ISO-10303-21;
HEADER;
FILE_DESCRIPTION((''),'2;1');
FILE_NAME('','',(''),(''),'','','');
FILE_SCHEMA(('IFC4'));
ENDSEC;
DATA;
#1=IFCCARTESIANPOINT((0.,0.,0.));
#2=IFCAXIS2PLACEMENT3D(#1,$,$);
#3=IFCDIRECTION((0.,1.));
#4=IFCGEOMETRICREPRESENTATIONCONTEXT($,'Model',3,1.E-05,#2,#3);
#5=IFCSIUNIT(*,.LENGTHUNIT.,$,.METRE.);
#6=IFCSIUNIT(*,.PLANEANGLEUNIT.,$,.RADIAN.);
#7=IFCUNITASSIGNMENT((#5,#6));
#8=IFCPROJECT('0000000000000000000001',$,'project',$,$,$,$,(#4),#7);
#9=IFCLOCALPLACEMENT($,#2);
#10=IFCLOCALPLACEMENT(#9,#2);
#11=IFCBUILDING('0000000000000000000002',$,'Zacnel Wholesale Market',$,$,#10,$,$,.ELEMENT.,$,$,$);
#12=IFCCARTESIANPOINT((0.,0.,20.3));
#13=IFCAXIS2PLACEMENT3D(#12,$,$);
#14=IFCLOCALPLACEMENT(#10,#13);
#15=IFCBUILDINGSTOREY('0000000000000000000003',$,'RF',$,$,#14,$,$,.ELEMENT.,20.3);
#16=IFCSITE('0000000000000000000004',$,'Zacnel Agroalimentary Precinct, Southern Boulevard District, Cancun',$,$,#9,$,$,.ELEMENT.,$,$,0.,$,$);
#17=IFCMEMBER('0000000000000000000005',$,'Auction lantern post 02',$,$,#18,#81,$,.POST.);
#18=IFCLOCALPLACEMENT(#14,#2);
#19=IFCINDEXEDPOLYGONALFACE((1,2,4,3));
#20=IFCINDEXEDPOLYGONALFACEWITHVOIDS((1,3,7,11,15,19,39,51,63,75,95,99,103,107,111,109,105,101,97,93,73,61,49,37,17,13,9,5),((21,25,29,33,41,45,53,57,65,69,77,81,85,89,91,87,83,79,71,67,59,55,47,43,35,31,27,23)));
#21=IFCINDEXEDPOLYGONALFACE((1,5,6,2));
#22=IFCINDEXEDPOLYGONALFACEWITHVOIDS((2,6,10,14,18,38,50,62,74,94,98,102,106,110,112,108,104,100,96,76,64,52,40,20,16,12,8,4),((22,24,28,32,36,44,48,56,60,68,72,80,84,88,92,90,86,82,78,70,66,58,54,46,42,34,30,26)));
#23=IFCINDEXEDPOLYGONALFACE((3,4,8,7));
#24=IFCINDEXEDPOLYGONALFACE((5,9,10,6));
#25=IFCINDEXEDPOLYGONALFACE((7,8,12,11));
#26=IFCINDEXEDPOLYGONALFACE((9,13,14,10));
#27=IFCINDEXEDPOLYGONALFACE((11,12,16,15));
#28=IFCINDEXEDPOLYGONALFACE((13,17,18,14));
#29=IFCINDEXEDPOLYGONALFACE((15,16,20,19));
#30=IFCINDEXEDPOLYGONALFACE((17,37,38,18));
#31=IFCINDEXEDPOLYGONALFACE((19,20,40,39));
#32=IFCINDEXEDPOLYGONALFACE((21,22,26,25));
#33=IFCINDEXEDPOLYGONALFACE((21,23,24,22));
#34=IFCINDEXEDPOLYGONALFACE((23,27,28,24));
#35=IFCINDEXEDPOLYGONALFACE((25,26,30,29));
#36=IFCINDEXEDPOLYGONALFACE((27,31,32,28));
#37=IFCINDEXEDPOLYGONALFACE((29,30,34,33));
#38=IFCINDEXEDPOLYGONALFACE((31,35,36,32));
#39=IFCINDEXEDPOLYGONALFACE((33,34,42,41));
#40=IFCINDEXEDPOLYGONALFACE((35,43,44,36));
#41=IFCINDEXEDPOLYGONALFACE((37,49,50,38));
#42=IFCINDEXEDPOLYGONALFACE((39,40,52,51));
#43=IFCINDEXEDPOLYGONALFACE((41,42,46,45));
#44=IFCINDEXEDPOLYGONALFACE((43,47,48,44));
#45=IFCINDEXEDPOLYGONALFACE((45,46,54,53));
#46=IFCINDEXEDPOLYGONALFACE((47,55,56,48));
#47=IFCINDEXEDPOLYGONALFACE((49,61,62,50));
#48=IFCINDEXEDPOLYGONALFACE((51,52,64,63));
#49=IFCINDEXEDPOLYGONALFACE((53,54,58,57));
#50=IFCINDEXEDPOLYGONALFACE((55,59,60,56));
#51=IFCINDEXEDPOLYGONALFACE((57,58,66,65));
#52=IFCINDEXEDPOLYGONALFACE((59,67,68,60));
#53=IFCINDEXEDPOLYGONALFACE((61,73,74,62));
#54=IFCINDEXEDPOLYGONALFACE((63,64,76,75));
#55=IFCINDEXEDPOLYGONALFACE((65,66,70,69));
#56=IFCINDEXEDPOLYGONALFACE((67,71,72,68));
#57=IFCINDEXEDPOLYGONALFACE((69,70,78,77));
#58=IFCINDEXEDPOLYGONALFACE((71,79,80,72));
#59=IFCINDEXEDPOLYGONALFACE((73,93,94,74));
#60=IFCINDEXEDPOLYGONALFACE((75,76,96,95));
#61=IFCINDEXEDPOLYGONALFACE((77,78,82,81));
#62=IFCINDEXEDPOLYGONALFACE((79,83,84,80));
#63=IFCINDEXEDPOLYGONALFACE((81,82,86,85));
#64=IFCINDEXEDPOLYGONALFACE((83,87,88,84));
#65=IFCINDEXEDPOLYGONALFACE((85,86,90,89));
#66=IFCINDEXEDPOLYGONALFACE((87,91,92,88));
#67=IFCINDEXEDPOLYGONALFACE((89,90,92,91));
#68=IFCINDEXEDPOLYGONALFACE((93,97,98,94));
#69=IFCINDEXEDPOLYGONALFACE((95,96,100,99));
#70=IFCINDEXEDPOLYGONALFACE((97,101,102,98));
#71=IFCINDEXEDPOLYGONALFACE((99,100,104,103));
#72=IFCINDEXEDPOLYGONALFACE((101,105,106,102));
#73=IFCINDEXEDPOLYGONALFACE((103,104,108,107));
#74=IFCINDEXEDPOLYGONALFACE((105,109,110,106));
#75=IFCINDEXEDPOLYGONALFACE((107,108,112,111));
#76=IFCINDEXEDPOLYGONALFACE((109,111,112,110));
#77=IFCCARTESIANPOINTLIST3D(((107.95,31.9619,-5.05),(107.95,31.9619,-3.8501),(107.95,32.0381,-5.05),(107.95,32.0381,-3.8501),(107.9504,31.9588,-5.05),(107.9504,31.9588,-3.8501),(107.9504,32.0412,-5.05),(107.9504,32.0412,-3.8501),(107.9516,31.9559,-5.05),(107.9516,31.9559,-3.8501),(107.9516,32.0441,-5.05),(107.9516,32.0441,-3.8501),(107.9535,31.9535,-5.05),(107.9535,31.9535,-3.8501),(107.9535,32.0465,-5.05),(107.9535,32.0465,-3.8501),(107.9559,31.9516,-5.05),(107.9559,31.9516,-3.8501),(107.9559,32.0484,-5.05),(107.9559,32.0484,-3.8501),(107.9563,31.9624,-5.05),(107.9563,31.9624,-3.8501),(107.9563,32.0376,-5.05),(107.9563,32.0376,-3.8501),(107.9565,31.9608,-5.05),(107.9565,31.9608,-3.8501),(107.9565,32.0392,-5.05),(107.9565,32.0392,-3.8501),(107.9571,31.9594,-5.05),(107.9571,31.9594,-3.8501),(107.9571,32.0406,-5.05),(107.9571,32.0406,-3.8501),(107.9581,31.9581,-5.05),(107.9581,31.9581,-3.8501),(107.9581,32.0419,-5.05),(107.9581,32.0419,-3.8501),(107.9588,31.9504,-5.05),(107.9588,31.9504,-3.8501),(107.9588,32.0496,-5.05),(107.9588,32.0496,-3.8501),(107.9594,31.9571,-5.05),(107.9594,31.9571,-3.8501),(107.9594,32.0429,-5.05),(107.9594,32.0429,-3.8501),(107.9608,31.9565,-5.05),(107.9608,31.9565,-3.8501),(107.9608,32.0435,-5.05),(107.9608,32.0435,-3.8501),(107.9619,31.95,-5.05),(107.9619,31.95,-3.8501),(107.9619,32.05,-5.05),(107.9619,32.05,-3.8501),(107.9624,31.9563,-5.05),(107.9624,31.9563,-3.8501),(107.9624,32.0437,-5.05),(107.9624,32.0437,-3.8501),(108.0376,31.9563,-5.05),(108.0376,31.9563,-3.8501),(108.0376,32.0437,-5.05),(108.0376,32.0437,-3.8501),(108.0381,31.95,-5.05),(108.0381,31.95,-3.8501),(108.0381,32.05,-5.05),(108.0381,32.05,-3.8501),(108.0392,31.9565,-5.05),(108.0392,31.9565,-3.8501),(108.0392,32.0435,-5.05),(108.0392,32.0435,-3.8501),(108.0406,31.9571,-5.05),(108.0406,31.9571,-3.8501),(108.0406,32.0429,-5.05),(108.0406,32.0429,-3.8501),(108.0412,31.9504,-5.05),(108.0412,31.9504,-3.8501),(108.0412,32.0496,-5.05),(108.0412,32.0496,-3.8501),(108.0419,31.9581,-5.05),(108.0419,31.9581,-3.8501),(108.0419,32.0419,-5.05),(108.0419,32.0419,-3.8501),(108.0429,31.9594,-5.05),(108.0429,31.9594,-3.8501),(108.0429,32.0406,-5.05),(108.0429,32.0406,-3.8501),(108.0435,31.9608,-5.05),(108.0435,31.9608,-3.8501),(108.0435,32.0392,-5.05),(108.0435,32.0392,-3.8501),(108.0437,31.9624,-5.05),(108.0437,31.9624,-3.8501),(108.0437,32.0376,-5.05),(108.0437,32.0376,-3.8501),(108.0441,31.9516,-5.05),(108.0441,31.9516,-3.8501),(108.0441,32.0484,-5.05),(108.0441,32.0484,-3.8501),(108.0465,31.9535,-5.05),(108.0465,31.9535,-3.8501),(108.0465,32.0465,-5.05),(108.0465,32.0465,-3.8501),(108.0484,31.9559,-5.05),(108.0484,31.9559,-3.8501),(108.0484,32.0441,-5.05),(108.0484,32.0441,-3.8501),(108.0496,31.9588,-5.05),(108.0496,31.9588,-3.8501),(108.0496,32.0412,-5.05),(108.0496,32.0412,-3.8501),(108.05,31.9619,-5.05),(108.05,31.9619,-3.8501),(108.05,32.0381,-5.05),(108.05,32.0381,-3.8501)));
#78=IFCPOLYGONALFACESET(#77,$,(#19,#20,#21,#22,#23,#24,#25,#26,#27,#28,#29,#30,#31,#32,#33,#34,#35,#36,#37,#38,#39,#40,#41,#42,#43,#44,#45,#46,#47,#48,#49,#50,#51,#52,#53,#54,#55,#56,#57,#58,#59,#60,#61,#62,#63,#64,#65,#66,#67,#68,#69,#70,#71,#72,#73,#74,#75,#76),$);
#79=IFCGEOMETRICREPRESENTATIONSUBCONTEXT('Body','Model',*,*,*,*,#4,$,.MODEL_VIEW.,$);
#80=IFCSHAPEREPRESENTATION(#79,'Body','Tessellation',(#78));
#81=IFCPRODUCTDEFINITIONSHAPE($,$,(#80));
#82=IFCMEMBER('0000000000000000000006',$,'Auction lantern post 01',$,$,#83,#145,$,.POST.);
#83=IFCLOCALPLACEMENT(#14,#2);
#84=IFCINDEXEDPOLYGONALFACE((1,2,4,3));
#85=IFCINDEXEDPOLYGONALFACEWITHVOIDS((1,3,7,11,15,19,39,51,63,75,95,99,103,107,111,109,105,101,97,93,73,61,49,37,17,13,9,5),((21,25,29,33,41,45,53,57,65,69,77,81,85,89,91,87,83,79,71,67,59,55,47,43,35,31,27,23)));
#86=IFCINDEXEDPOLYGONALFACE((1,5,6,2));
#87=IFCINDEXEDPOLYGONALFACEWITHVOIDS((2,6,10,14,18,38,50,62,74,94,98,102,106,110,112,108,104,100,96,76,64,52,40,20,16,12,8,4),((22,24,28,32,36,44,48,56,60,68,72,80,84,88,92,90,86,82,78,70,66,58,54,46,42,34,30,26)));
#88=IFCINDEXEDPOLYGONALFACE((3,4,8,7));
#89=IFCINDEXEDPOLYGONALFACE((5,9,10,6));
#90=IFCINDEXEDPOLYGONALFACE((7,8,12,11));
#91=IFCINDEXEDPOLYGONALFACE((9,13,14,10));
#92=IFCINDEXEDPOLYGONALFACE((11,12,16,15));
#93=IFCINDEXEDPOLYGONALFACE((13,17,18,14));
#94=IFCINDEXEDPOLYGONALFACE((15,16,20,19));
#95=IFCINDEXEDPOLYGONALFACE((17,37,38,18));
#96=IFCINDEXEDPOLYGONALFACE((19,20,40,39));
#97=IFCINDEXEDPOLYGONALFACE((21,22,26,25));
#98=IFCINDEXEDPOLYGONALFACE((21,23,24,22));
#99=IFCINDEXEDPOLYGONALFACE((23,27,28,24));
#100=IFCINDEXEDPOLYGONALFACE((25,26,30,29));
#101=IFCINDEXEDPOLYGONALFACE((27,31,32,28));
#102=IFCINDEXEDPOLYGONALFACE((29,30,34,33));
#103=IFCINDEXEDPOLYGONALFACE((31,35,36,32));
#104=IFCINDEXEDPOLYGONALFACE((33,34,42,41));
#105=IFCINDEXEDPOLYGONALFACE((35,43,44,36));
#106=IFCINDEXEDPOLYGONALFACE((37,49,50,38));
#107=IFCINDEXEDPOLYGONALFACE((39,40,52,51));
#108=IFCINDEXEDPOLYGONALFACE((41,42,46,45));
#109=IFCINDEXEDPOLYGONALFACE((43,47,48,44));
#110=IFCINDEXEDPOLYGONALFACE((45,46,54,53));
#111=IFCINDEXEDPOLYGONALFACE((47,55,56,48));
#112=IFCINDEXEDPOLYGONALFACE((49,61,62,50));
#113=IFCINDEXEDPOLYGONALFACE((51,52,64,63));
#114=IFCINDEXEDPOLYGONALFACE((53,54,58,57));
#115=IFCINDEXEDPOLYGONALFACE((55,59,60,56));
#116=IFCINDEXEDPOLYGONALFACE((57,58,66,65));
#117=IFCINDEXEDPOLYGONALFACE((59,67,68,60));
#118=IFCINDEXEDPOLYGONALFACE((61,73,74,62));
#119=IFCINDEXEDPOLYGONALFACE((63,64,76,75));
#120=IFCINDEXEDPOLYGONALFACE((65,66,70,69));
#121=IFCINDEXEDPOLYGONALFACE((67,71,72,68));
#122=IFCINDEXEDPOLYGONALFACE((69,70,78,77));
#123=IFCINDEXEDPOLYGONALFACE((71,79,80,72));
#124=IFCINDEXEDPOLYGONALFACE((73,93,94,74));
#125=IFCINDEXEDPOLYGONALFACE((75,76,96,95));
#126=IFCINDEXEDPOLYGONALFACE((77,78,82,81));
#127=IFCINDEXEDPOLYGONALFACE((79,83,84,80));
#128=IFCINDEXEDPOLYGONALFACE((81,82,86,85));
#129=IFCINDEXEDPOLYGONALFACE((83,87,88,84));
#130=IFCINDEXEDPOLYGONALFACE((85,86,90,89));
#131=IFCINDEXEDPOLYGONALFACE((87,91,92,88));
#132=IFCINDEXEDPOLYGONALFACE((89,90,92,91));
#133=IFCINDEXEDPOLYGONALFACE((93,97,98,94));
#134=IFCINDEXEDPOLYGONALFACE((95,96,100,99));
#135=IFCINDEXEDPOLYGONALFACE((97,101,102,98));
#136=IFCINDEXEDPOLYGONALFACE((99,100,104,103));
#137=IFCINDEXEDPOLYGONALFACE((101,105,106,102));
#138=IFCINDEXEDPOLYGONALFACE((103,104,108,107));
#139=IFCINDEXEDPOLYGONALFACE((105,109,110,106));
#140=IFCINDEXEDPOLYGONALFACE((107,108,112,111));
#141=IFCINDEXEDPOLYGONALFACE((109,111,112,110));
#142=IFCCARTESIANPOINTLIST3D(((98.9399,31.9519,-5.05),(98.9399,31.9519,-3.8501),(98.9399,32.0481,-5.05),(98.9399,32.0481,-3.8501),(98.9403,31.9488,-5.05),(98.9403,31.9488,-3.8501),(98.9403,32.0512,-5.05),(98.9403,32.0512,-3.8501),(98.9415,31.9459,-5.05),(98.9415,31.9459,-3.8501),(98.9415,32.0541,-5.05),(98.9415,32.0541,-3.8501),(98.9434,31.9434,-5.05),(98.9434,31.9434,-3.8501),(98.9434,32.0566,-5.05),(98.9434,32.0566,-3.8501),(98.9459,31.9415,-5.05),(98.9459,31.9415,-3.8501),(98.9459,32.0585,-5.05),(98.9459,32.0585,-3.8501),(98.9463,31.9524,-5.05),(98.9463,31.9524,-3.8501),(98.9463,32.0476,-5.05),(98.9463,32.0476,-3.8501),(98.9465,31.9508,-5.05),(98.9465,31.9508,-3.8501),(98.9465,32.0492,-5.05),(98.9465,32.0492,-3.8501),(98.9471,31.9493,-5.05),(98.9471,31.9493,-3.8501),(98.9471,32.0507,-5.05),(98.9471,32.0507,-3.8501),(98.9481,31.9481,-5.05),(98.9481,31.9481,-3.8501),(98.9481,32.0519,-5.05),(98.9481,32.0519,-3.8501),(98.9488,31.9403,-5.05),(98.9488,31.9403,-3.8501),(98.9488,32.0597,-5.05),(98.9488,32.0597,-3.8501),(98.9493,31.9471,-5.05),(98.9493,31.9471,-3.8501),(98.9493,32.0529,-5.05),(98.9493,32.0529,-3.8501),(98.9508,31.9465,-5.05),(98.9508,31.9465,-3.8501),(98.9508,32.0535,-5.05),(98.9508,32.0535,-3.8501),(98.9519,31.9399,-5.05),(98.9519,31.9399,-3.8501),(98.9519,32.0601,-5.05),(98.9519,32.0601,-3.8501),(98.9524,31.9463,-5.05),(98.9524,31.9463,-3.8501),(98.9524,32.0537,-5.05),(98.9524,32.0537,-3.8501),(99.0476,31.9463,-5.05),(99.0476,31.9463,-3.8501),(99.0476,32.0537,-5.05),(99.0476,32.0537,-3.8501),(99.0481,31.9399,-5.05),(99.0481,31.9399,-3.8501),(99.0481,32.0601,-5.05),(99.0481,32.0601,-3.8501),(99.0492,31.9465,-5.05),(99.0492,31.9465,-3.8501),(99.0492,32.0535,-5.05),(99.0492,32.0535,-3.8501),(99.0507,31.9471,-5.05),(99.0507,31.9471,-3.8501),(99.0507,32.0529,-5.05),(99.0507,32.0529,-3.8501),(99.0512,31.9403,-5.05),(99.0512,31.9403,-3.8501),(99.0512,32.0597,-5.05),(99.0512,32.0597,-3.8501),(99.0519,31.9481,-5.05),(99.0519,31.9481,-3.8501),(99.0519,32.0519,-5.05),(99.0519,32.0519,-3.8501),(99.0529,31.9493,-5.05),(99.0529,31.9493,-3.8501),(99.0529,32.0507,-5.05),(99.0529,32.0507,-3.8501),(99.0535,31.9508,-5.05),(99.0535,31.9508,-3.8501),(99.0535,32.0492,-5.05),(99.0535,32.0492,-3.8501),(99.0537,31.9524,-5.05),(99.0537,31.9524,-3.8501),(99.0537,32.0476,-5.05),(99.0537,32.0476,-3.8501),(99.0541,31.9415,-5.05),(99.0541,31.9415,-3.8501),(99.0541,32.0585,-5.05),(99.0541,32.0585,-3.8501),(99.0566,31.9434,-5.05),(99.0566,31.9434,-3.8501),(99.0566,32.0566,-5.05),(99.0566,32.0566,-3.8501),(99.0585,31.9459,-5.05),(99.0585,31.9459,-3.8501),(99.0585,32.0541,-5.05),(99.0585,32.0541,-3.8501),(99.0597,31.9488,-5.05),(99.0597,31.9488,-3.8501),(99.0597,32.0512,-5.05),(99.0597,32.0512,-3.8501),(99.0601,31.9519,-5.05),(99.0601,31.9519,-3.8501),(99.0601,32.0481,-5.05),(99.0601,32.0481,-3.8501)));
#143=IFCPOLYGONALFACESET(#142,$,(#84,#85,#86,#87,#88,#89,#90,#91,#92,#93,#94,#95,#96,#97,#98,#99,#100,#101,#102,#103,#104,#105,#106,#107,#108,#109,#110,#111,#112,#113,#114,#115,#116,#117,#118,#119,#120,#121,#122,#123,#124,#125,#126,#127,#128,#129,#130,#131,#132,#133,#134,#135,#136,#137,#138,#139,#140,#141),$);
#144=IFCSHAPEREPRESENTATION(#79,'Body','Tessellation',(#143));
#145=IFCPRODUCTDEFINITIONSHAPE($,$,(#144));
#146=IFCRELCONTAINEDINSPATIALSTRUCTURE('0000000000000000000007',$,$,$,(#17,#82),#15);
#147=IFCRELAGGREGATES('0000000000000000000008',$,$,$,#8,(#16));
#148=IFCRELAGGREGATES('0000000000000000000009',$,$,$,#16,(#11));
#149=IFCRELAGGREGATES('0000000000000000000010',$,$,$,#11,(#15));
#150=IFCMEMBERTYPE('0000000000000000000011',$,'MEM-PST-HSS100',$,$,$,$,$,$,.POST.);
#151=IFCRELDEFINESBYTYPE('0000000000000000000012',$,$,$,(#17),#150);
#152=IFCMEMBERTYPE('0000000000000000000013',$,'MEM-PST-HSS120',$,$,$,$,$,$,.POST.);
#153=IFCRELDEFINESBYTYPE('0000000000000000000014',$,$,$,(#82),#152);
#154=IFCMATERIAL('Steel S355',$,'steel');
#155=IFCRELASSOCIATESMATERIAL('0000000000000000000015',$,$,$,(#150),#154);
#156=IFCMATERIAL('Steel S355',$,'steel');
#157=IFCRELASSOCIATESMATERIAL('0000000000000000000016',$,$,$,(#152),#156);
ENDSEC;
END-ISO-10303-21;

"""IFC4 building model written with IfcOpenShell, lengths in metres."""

from ifc_helpers import new_model, si_unit, direction, frame, origin, origin_2d, place, context, subcontext, project, spatial, hollow_rectangle, extrude, material, material_profile, profile_set, type_object, element, save


model = new_model("IFC4")

# Units and contexts
model_context = context("Model", 3, precision=1e-05, world=origin(), true_north=direction((0.0, 1.0)))
body_context = subcontext(model_context, "Body", "Model", "MODEL_VIEW")
ifc_project = project(units=[si_unit("LENGTHUNIT", "METRE"), si_unit("PLANEANGLEUNIT", "RADIAN")], contexts=[model_context])

# Site, building, storey
site_placement = place(None, origin())
site = spatial("IfcSite", under=ifc_project, at=site_placement, Name="Zacnel Agroalimentary Precinct, Southern Boulevard District, Cancun", CompositionType="ELEMENT", RefElevation=0.0)
building_placement = place(site_placement, origin())
building = spatial("IfcBuilding", under=site, at=building_placement, Name="Zacnel Wholesale Market", CompositionType="ELEMENT")
storey_placement = place(building_placement, frame((0.0, 0.0, 20.3)))
storey = spatial("IfcBuildingStorey", under=building, at=storey_placement, Name="RF", CompositionType="ELEMENT", Elevation=20.3)

# Members
ifc_material_1 = material(Name="Steel S355", Category="steel")
ifc_material_profile_1 = material_profile(ifc_material_1, hollow_rectangle(XDim=0.1001, YDim=0.1001, WallThickness=0.0063, InnerFilletRadius=0.0061, OuterFilletRadius=0.012, at=origin_2d()), Name="HSS 100x100x6.3")
ifc_profile_set_1 = profile_set([ifc_material_profile_1], Name="Steel S355")
member_type_1 = type_object("IfcMemberType", Name="MEM-PST-HSS100", PredefinedType="POST", material=ifc_profile_set_1)
member_1_placement = place(storey_placement, frame((108.0, 32.0, -5.05), z_axis=(0.0, 0.0, 1.0), x_axis=(1.0, 0.0, 0.0)))
element("IfcMember", 1, at=member_1_placement, inside=storey, type_object=member_type_1, Name="Auction lantern post 02", PredefinedType="POST", context=body_context, shape_type="SweptSolid", body=[
    extrude(hollow_rectangle(XDim=0.1001, YDim=0.1001, WallThickness=0.0063, InnerFilletRadius=0.0061, OuterFilletRadius=0.012, at=origin_2d()), origin(), (0.0, 0.0, 1.0), 1.2),
])
ifc_material_2 = material(Name="Steel S355", Category="steel")
ifc_material_profile_2 = material_profile(ifc_material_2, hollow_rectangle(XDim=0.1201, YDim=0.1201, WallThickness=0.0063, InnerFilletRadius=0.0061, OuterFilletRadius=0.012, at=origin_2d()), Name="HSS 120x120x6.3")
ifc_profile_set_2 = profile_set([ifc_material_profile_2], Name="Steel S355")
member_type_2 = type_object("IfcMemberType", Name="MEM-PST-HSS120", PredefinedType="POST", material=ifc_profile_set_2)
member_2_placement = place(storey_placement, frame((99.0, 32.0, -5.05), z_axis=(0.0, 0.0, 1.0), x_axis=(1.0, 0.0, 0.0)))
element("IfcMember", 2, at=member_2_placement, inside=storey, type_object=member_type_2, Name="Auction lantern post 01", PredefinedType="POST", context=body_context, shape_type="SweptSolid", body=[
    extrude(hollow_rectangle(XDim=0.1201, YDim=0.1201, WallThickness=0.0063, InnerFilletRadius=0.0061, OuterFilletRadius=0.012, at=origin_2d()), origin(), (0.0, 0.0, 1.0), 1.2),
])

save(model, "model.ifc")
